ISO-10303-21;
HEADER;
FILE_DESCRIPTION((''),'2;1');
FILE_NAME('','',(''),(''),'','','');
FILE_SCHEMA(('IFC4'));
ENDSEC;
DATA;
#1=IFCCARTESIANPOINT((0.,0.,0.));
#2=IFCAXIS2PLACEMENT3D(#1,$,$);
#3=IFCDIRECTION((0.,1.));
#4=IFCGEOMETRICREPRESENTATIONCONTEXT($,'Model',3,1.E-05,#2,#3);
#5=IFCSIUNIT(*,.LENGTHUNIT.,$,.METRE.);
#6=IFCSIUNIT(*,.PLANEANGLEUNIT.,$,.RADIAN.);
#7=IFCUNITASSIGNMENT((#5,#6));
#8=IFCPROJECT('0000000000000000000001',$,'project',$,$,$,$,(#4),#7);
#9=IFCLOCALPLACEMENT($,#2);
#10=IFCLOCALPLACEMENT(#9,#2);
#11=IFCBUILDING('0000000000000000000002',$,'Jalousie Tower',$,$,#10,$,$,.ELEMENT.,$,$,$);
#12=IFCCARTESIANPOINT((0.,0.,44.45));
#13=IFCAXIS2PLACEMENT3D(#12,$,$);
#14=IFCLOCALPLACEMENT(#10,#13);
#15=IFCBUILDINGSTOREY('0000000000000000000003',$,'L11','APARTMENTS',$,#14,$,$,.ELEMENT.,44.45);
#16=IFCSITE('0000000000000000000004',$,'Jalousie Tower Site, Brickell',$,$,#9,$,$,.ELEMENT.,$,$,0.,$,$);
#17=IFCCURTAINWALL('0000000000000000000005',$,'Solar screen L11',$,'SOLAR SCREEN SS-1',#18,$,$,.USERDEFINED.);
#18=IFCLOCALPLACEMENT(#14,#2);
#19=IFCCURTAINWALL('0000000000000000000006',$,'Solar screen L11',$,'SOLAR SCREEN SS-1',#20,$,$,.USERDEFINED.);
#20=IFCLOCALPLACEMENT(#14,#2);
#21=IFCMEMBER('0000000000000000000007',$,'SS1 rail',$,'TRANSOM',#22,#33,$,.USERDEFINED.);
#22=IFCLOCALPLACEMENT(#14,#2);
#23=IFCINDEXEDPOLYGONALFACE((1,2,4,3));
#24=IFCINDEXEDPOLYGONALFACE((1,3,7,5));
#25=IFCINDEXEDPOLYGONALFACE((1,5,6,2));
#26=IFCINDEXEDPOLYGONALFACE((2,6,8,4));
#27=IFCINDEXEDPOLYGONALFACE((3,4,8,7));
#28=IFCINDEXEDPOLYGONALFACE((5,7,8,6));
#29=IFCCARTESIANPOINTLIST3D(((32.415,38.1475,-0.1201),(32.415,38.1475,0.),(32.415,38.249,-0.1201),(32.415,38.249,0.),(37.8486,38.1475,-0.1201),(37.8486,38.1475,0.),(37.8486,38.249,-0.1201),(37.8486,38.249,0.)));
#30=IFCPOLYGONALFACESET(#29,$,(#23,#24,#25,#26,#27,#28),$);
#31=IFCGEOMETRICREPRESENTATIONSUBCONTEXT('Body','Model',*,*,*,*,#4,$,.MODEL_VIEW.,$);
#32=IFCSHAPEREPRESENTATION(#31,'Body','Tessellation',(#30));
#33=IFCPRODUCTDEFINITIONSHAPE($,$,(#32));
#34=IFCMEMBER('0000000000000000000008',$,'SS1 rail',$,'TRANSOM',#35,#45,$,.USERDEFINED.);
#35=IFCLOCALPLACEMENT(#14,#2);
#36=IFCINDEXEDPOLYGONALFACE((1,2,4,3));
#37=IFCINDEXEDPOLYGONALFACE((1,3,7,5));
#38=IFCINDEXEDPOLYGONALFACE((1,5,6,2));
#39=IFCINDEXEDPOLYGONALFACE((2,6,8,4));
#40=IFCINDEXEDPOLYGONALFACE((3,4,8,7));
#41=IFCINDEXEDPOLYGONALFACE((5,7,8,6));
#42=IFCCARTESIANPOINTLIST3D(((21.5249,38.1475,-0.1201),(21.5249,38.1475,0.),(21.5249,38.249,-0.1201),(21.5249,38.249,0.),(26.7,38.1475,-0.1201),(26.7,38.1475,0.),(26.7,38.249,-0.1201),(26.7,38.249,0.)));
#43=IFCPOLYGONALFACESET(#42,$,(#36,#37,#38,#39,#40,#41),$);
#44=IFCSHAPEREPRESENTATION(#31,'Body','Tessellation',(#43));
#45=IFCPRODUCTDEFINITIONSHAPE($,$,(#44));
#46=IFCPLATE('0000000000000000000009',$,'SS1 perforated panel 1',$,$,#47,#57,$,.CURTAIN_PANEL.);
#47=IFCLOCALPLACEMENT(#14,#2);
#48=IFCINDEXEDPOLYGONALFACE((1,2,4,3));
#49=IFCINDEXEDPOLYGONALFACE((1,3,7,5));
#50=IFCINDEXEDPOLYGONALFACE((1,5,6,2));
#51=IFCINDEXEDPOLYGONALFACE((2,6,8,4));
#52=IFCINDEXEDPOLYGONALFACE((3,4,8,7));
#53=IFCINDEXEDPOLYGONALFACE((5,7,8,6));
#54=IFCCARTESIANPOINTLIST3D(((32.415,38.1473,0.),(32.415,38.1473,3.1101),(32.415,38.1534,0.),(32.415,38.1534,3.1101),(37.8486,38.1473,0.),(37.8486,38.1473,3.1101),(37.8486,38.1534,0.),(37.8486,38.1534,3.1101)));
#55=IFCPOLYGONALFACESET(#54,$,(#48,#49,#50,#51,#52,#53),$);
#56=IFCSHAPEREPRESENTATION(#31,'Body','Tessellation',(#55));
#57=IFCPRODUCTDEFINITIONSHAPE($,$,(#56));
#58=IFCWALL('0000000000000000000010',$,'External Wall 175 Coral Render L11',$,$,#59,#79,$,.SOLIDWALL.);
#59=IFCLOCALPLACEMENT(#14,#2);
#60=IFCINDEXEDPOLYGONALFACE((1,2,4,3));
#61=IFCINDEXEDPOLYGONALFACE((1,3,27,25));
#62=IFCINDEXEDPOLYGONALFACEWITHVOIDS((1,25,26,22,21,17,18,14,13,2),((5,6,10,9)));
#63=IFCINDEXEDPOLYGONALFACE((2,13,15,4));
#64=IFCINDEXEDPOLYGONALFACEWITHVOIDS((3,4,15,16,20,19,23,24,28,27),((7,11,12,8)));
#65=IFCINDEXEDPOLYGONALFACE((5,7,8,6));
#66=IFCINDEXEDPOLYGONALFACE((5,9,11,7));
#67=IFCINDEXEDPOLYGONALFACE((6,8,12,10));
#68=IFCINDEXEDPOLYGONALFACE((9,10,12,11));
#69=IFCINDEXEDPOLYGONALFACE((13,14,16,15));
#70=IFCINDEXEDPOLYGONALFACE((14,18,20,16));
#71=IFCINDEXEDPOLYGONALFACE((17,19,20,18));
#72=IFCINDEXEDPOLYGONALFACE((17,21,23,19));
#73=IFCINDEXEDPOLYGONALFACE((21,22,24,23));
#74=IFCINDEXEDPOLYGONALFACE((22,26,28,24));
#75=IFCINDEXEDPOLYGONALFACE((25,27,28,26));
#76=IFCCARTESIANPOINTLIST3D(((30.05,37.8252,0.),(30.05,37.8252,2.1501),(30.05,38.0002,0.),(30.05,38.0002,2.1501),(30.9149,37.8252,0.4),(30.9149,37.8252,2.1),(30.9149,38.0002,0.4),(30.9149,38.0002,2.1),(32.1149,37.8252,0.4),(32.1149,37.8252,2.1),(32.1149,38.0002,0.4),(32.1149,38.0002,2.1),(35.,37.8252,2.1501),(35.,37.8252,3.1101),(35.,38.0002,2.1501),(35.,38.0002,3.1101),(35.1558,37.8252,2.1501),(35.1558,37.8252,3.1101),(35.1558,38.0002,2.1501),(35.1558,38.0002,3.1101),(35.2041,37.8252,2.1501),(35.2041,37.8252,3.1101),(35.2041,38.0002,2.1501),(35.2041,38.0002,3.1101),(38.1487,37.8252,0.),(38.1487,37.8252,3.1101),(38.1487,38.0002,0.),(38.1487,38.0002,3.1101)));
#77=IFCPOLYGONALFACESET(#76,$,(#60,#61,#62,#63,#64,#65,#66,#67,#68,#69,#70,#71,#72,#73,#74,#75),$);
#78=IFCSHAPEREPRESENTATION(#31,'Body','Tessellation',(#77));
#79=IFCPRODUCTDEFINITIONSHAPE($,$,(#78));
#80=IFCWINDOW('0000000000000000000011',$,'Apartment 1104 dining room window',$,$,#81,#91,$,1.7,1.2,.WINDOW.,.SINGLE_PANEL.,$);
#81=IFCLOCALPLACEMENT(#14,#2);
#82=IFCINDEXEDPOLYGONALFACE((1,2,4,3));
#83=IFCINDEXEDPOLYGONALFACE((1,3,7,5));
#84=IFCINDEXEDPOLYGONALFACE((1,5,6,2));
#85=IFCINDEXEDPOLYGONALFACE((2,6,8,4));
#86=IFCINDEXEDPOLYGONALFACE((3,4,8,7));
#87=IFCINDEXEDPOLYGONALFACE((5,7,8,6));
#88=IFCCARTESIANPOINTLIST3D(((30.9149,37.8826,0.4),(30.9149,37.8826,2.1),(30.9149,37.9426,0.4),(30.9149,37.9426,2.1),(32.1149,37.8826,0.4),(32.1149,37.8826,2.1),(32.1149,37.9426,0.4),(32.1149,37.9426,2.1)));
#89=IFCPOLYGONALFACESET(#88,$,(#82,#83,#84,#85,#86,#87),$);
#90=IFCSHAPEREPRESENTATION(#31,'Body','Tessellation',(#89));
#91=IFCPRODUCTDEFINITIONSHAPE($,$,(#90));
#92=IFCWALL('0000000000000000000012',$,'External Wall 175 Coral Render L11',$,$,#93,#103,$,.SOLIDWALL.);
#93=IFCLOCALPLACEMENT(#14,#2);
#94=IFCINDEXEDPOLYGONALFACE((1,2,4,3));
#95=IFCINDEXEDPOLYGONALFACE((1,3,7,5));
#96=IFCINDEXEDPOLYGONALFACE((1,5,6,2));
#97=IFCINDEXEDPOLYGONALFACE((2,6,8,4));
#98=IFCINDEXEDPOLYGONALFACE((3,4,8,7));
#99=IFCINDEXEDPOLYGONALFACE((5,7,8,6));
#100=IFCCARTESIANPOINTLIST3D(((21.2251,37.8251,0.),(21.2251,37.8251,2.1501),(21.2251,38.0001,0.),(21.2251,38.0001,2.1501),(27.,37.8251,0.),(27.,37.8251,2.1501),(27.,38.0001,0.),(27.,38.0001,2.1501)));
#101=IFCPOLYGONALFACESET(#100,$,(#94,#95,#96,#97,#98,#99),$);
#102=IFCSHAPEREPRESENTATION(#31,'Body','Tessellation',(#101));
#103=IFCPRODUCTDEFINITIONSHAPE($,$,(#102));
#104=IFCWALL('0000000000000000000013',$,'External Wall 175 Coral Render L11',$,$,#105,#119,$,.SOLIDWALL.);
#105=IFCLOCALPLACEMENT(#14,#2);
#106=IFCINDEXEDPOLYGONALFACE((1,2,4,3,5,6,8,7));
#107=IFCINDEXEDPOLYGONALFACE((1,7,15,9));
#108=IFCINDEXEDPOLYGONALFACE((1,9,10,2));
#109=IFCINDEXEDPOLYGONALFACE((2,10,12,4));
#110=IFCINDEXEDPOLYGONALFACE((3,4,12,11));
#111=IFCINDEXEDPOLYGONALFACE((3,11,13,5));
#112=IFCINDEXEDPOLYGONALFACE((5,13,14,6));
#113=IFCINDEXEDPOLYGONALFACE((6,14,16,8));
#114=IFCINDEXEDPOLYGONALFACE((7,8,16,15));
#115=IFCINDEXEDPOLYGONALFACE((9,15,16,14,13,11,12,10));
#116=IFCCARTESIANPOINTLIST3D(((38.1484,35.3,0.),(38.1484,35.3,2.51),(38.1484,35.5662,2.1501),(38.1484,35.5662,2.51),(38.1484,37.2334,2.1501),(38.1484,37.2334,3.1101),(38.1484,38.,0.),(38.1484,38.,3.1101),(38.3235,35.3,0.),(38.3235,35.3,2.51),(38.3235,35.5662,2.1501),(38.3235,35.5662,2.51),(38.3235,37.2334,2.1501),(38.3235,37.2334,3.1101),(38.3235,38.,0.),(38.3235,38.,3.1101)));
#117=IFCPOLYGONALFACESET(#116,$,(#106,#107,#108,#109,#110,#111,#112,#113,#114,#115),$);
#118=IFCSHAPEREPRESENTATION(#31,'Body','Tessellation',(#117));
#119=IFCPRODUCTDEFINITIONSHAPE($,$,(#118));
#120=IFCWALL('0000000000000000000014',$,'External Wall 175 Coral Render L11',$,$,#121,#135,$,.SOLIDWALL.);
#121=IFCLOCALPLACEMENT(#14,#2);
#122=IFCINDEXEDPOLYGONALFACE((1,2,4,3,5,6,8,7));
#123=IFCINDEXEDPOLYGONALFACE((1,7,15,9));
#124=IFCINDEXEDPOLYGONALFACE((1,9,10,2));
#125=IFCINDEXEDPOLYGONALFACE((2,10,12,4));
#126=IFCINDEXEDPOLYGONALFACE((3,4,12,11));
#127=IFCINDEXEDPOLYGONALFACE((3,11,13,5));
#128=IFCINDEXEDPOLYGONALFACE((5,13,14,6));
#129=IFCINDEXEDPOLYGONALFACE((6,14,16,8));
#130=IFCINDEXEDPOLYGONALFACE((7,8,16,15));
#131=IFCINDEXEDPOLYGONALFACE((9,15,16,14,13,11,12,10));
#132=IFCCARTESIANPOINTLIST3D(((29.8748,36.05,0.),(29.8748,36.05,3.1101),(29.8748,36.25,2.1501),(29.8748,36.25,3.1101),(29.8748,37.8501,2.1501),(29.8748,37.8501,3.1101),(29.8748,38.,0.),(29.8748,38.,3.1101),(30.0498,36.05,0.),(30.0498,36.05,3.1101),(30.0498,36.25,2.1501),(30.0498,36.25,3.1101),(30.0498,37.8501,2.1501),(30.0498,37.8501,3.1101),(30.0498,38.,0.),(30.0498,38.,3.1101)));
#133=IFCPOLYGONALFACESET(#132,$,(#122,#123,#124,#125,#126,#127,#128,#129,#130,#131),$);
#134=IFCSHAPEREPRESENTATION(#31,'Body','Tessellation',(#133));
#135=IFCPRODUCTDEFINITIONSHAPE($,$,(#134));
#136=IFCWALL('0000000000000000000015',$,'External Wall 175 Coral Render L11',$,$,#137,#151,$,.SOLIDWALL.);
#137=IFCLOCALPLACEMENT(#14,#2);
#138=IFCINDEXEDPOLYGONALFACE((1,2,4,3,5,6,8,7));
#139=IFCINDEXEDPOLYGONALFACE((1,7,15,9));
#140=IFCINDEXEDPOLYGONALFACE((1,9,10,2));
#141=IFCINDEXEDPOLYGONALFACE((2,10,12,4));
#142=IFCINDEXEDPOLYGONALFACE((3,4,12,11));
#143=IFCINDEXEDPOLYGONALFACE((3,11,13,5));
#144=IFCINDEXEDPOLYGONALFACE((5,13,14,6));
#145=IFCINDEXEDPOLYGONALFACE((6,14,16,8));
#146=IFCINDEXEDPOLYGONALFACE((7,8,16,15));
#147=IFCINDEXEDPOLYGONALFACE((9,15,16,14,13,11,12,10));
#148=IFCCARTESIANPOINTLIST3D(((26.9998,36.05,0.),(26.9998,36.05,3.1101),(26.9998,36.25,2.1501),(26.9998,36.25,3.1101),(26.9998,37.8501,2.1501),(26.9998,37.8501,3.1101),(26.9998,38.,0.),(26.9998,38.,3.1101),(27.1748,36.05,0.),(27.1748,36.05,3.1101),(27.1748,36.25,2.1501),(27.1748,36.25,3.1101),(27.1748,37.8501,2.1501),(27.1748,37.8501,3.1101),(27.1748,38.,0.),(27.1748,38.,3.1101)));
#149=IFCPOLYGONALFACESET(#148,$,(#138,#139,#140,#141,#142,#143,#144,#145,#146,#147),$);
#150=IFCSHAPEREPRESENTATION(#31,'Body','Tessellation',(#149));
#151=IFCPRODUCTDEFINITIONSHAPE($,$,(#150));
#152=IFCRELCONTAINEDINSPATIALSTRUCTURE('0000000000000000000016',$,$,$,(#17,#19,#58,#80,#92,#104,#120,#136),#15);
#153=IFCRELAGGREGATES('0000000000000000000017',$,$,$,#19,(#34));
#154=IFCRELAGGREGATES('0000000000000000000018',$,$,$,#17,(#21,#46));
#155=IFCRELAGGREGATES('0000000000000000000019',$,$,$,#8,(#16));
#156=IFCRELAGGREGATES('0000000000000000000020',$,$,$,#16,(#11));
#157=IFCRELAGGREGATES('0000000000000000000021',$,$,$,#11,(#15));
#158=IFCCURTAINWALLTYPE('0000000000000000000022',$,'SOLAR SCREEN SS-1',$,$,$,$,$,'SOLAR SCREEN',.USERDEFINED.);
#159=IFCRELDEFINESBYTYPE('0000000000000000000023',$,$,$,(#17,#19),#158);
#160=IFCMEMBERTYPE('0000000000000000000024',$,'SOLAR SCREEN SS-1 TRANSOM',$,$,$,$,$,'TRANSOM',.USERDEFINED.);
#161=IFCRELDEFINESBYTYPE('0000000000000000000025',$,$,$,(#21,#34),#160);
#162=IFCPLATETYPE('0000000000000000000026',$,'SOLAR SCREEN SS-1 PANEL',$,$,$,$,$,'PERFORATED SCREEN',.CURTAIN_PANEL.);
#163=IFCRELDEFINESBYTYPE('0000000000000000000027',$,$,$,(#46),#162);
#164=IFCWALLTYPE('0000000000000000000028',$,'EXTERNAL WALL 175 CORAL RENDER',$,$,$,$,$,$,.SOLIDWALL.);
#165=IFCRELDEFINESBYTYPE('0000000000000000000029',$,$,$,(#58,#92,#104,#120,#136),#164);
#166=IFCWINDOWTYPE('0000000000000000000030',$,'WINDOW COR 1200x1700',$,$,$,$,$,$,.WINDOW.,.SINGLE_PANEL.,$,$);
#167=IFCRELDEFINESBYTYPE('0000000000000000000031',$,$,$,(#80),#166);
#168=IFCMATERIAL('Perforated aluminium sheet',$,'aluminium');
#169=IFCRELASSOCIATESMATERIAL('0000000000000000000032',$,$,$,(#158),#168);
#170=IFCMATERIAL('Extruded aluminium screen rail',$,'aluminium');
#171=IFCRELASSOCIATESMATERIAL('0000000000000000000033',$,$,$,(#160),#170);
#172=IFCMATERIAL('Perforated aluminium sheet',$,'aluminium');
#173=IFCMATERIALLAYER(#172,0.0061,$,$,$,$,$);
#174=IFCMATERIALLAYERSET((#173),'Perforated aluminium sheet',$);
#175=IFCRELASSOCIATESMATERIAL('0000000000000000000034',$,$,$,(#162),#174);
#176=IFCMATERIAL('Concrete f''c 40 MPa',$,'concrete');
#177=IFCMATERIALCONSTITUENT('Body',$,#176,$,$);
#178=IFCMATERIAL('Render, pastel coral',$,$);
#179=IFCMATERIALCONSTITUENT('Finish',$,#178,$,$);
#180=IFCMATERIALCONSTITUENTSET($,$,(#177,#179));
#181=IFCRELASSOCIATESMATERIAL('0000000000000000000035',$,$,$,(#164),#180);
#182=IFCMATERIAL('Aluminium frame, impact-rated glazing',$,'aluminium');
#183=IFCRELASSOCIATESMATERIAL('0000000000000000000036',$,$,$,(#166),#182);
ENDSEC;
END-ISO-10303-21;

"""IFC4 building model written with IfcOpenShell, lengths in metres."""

from ifc_helpers import new_model, si_unit, direction, frame, frame_2d, origin, origin_2d, place, context, subcontext, project, spatial, polyline, rectangle, outline, extrude, material, layer, layer_set, constituent, constituent_set, material_profile, profile_set, type_object, element, fill, aggregate, save


model = new_model("IFC4")

# Units and contexts
model_context = context("Model", 3, precision=1e-05, world=origin(), true_north=direction((0.0, 1.0)))
body_context = subcontext(model_context, "Body", "Model", "MODEL_VIEW")
ifc_project = project(units=[si_unit("LENGTHUNIT", "METRE"), si_unit("PLANEANGLEUNIT", "RADIAN")], contexts=[model_context])

# Site, building, storey
site_placement = place(None, origin())
site = spatial("IfcSite", under=ifc_project, at=site_placement, Name="Jalousie Tower Site, Brickell", CompositionType="ELEMENT", RefElevation=0.0)
building_placement = place(site_placement, origin())
building = spatial("IfcBuilding", under=site, at=building_placement, Name="Jalousie Tower", CompositionType="ELEMENT")
storey_placement = place(building_placement, frame((0.0, 0.0, 44.45)))
storey = spatial("IfcBuildingStorey", under=building, at=storey_placement, Name="L11", Description="APARTMENTS", CompositionType="ELEMENT", Elevation=44.45)

# Curtain wall
ifc_material_1 = material(Name="Perforated aluminium sheet", Category="aluminium")
curtain_wall_type = type_object("IfcCurtainWallType", Name="SOLAR SCREEN SS-1", ElementType="SOLAR SCREEN", PredefinedType="USERDEFINED", material=ifc_material_1)
curtain_wall_1_placement = place(storey_placement, origin())
curtain_wall_1 = element("IfcCurtainWall", 1, at=curtain_wall_1_placement, inside=storey, type_object=curtain_wall_type, Name="Solar screen L11", ObjectType="SOLAR SCREEN SS-1", PredefinedType="USERDEFINED")

# Curtain wall
curtain_wall_2_placement = place(storey_placement, origin())
curtain_wall_2 = element("IfcCurtainWall", 2, at=curtain_wall_2_placement, inside=storey, type_object=curtain_wall_type, Name="Solar screen L11", ObjectType="SOLAR SCREEN SS-1", PredefinedType="USERDEFINED")

# Members
ifc_material_2 = material(Name="Extruded aluminium screen rail", Category="aluminium")
ifc_material_profile_1 = material_profile(ifc_material_2, rectangle(XDim=0.1016, YDim=0.1201, at=origin_2d()), Name="RAIL 102x120")
ifc_profile_set_1 = profile_set([ifc_material_profile_1], Name="Extruded aluminium screen rail")
member_type_1 = type_object("IfcMemberType", Name="SOLAR SCREEN SS-1 TRANSOM", ElementType="TRANSOM", PredefinedType="USERDEFINED", material=ifc_profile_set_1)
member_1_placement = place(storey_placement, frame((37.8486, 38.1982, -0.0601), z_axis=(-1.0, 0.0, 0.0), x_axis=(0.0, -1.0, 0.0)))
member_1 = element("IfcMember", 3, at=member_1_placement, type_object=member_type_1, Name="SS1 rail", ObjectType="TRANSOM", PredefinedType="USERDEFINED", context=body_context, shape_type="SweptSolid", body=[
    extrude(rectangle(XDim=0.1016, YDim=0.1201, at=origin_2d()), origin(), (0.0, 0.0, 1.0), 5.4336),
])
member_2_placement = place(storey_placement, frame((26.7, 38.1982, -0.0601), z_axis=(-1.0, 0.0, 0.0), x_axis=(0.0, -1.0, 0.0)))
member_2 = element("IfcMember", 4, at=member_2_placement, type_object=member_type_1, Name="SS1 rail", ObjectType="TRANSOM", PredefinedType="USERDEFINED", context=body_context, shape_type="SweptSolid", body=[
    extrude(rectangle(XDim=0.1016, YDim=0.1201, at=origin_2d()), origin(), (0.0, 0.0, 1.0), 5.175),
])
aggregate(curtain_wall_2, [member_2])

# Plate
ifc_material_3 = material(Name="Perforated aluminium sheet", Category="aluminium")
ifc_layer_1 = layer(ifc_material_3, 0.0061)
ifc_layer_set_1 = layer_set([ifc_layer_1], Name="Perforated aluminium sheet")
plate_type = type_object("IfcPlateType", Name="SOLAR SCREEN SS-1 PANEL", ElementType="PERFORATED SCREEN", PredefinedType="CURTAIN_PANEL", material=ifc_layer_set_1)
plate_placement = place(storey_placement, frame((35.1318, 38.1504, 0.0), z_axis=(0.0, 0.0, 1.0), x_axis=(-1.0, 0.0, 0.0)))
plate = element("IfcPlate", 5, at=plate_placement, type_object=plate_type, Name="SS1 perforated panel 1", PredefinedType="CURTAIN_PANEL", context=body_context, shape_type="SweptSolid", body=[
    extrude(rectangle(XDim=5.4336, YDim=0.0061, at=origin_2d()), origin(), (0.0, 0.0, 1.0), 3.1101),
])
aggregate(curtain_wall_1, [member_1, plate])

# Wall, opening, window
ifc_material_4 = material(Name="Concrete f'c 40 MPa", Category="concrete")
ifc_constituent_1 = constituent(ifc_material_4, Name="Body")
ifc_material_5 = material(Name="Render, pastel coral")
ifc_constituent_2 = constituent(ifc_material_5, Name="Finish")
ifc_constituent_set_1 = constituent_set(constituents=[ifc_constituent_1, ifc_constituent_2])
wall_type_1 = type_object("IfcWallType", Name="EXTERNAL WALL 175 CORAL RENDER", PredefinedType="SOLIDWALL", material=ifc_constituent_set_1)
wall_1_placement = place(storey_placement, frame((38.1487, 37.9126, 0.0), z_axis=(0.0, 0.0, 1.0), x_axis=(-1.0, 0.0, 0.0)))
wall_1 = element("IfcWall", 6, at=wall_1_placement, inside=storey, type_object=wall_type_1, Name="External Wall 175 Coral Render L11", PredefinedType="SOLIDWALL", context=body_context, shape_type="SweptSolid", body=[
    extrude(outline(polyline([(0.0, 0.0), (8.0986, 0.0), (8.0986, 2.1501), (3.1487, 2.1501), (3.1487, 3.1101), (2.9929, 3.1101), (2.9929, 2.1501), (2.9446, 2.1501), (2.9446, 3.1101), (0.0, 3.1101), (0.0, 0.0)])), frame((0.0, 0.0874, 0.0), z_axis=(0.0, -1.0, 0.0), x_axis=(1.0, 0.0, 0.0)), (0.0, 0.0, 1.0), 0.175),
])
opening_1_placement = place(wall_1_placement, frame((6.0337, 0.0, 0.3999)))
opening_1 = element("IfcOpeningElement", 7, at=opening_1_placement, cuts=wall_1, PredefinedType="OPENING", context=body_context, shape_type="SweptSolid", body=[
    extrude(rectangle(XDim=1.2, YDim=1.7, at=frame_2d((0.6001, 0.8501))), frame((0.0, 0.0974, 0.0), z_axis=(0.0, -1.0, 0.0), x_axis=(1.0, 0.0, 0.0)), (0.0, 0.0, 1.0), 0.1951),
])
ifc_material_6 = material(Name="Aluminium frame, impact-rated glazing", Category="aluminium")
window_type = type_object("IfcWindowType", Name="WINDOW COR 1200x1700", PartitioningType="SINGLE_PANEL", PredefinedType="WINDOW", material=ifc_material_6)
window_placement = place(opening_1_placement, origin())
window = element("IfcWindow", 8, at=window_placement, inside=storey, type_object=window_type, Name="Apartment 1104 dining room window", OverallHeight=1.7, OverallWidth=1.2, PartitioningType="SINGLE_PANEL", PredefinedType="WINDOW", context=body_context, shape_type="SweptSolid", body=[
    extrude(rectangle(XDim=1.2, YDim=1.7, at=frame_2d((0.6001, 0.8501))), frame((0.0, 0.03, 0.0), z_axis=(0.0, -1.0, 0.0), x_axis=(1.0, 0.0, 0.0)), (0.0, 0.0, 1.0), 0.0601),
])
fill(opening_1, window)

# Walls
wall_2_placement = place(storey_placement, frame((27.0, 37.9126, 0.0), z_axis=(0.0, 0.0, 1.0), x_axis=(-1.0, 0.0, 0.0)))
element("IfcWall", 9, at=wall_2_placement, inside=storey, type_object=wall_type_1, Name="External Wall 175 Coral Render L11", PredefinedType="SOLIDWALL", context=body_context, shape_type="SweptSolid", body=[
    extrude(rectangle(XDim=5.7749, YDim=0.175, at=frame_2d((2.8875, 0.0))), origin(), (0.0, 0.0, 1.0), 2.1501),
])
wall_3_placement = place(storey_placement, frame((38.2361, 38.0, 0.0), z_axis=(0.0, 0.0, 1.0), x_axis=(0.0, -1.0, 0.0)))
element("IfcWall", 10, at=wall_3_placement, inside=storey, type_object=wall_type_1, Name="External Wall 175 Coral Render L11", PredefinedType="SOLIDWALL", context=body_context, shape_type="SweptSolid", body=[
    extrude(outline(polyline([(0.0, 0.0), (2.7, 0.0), (2.7, 2.51), (2.4338, 2.51), (2.4338, 2.1501), (0.7666, 2.1501), (0.7666, 3.1101), (0.0, 3.1101), (0.0, 0.0)])), frame((0.0, 0.0874, 0.0), z_axis=(0.0, -1.0, 0.0), x_axis=(1.0, 0.0, 0.0)), (0.0, 0.0, 1.0), 0.175),
])
for number, where, z_axis, x_axis, name in (
    (11, (29.9624, 38.0, 0.0), (0.0, 0.0, 1.0), (0.0, -1.0, 0.0), "External Wall 175 Coral Render L11"),
    (12, (27.0874, 38.0, 0.0), (0.0, 0.0, 1.0), (0.0, -1.0, 0.0), "External Wall 175 Coral Render L11"),
):
    element("IfcWall", number, at=place(storey_placement, frame(where, z_axis=z_axis, x_axis=x_axis)), inside=storey, type_object=wall_type_1, Name=name, PredefinedType="SOLIDWALL", context=body_context, shape_type="SweptSolid", body=[
        extrude(outline(polyline([(0.0, 0.0), (1.95, 0.0), (1.95, 3.1101), (1.75, 3.1101), (1.75, 2.1501), (0.1499, 2.1501), (0.1499, 3.1101), (0.0, 3.1101), (0.0, 0.0)])), frame((0.0, 0.0874, 0.0), z_axis=(0.0, -1.0, 0.0), x_axis=(1.0, 0.0, 0.0)), (0.0, 0.0, 1.0), 0.175),
    ])

save(model, "model.ifc")
